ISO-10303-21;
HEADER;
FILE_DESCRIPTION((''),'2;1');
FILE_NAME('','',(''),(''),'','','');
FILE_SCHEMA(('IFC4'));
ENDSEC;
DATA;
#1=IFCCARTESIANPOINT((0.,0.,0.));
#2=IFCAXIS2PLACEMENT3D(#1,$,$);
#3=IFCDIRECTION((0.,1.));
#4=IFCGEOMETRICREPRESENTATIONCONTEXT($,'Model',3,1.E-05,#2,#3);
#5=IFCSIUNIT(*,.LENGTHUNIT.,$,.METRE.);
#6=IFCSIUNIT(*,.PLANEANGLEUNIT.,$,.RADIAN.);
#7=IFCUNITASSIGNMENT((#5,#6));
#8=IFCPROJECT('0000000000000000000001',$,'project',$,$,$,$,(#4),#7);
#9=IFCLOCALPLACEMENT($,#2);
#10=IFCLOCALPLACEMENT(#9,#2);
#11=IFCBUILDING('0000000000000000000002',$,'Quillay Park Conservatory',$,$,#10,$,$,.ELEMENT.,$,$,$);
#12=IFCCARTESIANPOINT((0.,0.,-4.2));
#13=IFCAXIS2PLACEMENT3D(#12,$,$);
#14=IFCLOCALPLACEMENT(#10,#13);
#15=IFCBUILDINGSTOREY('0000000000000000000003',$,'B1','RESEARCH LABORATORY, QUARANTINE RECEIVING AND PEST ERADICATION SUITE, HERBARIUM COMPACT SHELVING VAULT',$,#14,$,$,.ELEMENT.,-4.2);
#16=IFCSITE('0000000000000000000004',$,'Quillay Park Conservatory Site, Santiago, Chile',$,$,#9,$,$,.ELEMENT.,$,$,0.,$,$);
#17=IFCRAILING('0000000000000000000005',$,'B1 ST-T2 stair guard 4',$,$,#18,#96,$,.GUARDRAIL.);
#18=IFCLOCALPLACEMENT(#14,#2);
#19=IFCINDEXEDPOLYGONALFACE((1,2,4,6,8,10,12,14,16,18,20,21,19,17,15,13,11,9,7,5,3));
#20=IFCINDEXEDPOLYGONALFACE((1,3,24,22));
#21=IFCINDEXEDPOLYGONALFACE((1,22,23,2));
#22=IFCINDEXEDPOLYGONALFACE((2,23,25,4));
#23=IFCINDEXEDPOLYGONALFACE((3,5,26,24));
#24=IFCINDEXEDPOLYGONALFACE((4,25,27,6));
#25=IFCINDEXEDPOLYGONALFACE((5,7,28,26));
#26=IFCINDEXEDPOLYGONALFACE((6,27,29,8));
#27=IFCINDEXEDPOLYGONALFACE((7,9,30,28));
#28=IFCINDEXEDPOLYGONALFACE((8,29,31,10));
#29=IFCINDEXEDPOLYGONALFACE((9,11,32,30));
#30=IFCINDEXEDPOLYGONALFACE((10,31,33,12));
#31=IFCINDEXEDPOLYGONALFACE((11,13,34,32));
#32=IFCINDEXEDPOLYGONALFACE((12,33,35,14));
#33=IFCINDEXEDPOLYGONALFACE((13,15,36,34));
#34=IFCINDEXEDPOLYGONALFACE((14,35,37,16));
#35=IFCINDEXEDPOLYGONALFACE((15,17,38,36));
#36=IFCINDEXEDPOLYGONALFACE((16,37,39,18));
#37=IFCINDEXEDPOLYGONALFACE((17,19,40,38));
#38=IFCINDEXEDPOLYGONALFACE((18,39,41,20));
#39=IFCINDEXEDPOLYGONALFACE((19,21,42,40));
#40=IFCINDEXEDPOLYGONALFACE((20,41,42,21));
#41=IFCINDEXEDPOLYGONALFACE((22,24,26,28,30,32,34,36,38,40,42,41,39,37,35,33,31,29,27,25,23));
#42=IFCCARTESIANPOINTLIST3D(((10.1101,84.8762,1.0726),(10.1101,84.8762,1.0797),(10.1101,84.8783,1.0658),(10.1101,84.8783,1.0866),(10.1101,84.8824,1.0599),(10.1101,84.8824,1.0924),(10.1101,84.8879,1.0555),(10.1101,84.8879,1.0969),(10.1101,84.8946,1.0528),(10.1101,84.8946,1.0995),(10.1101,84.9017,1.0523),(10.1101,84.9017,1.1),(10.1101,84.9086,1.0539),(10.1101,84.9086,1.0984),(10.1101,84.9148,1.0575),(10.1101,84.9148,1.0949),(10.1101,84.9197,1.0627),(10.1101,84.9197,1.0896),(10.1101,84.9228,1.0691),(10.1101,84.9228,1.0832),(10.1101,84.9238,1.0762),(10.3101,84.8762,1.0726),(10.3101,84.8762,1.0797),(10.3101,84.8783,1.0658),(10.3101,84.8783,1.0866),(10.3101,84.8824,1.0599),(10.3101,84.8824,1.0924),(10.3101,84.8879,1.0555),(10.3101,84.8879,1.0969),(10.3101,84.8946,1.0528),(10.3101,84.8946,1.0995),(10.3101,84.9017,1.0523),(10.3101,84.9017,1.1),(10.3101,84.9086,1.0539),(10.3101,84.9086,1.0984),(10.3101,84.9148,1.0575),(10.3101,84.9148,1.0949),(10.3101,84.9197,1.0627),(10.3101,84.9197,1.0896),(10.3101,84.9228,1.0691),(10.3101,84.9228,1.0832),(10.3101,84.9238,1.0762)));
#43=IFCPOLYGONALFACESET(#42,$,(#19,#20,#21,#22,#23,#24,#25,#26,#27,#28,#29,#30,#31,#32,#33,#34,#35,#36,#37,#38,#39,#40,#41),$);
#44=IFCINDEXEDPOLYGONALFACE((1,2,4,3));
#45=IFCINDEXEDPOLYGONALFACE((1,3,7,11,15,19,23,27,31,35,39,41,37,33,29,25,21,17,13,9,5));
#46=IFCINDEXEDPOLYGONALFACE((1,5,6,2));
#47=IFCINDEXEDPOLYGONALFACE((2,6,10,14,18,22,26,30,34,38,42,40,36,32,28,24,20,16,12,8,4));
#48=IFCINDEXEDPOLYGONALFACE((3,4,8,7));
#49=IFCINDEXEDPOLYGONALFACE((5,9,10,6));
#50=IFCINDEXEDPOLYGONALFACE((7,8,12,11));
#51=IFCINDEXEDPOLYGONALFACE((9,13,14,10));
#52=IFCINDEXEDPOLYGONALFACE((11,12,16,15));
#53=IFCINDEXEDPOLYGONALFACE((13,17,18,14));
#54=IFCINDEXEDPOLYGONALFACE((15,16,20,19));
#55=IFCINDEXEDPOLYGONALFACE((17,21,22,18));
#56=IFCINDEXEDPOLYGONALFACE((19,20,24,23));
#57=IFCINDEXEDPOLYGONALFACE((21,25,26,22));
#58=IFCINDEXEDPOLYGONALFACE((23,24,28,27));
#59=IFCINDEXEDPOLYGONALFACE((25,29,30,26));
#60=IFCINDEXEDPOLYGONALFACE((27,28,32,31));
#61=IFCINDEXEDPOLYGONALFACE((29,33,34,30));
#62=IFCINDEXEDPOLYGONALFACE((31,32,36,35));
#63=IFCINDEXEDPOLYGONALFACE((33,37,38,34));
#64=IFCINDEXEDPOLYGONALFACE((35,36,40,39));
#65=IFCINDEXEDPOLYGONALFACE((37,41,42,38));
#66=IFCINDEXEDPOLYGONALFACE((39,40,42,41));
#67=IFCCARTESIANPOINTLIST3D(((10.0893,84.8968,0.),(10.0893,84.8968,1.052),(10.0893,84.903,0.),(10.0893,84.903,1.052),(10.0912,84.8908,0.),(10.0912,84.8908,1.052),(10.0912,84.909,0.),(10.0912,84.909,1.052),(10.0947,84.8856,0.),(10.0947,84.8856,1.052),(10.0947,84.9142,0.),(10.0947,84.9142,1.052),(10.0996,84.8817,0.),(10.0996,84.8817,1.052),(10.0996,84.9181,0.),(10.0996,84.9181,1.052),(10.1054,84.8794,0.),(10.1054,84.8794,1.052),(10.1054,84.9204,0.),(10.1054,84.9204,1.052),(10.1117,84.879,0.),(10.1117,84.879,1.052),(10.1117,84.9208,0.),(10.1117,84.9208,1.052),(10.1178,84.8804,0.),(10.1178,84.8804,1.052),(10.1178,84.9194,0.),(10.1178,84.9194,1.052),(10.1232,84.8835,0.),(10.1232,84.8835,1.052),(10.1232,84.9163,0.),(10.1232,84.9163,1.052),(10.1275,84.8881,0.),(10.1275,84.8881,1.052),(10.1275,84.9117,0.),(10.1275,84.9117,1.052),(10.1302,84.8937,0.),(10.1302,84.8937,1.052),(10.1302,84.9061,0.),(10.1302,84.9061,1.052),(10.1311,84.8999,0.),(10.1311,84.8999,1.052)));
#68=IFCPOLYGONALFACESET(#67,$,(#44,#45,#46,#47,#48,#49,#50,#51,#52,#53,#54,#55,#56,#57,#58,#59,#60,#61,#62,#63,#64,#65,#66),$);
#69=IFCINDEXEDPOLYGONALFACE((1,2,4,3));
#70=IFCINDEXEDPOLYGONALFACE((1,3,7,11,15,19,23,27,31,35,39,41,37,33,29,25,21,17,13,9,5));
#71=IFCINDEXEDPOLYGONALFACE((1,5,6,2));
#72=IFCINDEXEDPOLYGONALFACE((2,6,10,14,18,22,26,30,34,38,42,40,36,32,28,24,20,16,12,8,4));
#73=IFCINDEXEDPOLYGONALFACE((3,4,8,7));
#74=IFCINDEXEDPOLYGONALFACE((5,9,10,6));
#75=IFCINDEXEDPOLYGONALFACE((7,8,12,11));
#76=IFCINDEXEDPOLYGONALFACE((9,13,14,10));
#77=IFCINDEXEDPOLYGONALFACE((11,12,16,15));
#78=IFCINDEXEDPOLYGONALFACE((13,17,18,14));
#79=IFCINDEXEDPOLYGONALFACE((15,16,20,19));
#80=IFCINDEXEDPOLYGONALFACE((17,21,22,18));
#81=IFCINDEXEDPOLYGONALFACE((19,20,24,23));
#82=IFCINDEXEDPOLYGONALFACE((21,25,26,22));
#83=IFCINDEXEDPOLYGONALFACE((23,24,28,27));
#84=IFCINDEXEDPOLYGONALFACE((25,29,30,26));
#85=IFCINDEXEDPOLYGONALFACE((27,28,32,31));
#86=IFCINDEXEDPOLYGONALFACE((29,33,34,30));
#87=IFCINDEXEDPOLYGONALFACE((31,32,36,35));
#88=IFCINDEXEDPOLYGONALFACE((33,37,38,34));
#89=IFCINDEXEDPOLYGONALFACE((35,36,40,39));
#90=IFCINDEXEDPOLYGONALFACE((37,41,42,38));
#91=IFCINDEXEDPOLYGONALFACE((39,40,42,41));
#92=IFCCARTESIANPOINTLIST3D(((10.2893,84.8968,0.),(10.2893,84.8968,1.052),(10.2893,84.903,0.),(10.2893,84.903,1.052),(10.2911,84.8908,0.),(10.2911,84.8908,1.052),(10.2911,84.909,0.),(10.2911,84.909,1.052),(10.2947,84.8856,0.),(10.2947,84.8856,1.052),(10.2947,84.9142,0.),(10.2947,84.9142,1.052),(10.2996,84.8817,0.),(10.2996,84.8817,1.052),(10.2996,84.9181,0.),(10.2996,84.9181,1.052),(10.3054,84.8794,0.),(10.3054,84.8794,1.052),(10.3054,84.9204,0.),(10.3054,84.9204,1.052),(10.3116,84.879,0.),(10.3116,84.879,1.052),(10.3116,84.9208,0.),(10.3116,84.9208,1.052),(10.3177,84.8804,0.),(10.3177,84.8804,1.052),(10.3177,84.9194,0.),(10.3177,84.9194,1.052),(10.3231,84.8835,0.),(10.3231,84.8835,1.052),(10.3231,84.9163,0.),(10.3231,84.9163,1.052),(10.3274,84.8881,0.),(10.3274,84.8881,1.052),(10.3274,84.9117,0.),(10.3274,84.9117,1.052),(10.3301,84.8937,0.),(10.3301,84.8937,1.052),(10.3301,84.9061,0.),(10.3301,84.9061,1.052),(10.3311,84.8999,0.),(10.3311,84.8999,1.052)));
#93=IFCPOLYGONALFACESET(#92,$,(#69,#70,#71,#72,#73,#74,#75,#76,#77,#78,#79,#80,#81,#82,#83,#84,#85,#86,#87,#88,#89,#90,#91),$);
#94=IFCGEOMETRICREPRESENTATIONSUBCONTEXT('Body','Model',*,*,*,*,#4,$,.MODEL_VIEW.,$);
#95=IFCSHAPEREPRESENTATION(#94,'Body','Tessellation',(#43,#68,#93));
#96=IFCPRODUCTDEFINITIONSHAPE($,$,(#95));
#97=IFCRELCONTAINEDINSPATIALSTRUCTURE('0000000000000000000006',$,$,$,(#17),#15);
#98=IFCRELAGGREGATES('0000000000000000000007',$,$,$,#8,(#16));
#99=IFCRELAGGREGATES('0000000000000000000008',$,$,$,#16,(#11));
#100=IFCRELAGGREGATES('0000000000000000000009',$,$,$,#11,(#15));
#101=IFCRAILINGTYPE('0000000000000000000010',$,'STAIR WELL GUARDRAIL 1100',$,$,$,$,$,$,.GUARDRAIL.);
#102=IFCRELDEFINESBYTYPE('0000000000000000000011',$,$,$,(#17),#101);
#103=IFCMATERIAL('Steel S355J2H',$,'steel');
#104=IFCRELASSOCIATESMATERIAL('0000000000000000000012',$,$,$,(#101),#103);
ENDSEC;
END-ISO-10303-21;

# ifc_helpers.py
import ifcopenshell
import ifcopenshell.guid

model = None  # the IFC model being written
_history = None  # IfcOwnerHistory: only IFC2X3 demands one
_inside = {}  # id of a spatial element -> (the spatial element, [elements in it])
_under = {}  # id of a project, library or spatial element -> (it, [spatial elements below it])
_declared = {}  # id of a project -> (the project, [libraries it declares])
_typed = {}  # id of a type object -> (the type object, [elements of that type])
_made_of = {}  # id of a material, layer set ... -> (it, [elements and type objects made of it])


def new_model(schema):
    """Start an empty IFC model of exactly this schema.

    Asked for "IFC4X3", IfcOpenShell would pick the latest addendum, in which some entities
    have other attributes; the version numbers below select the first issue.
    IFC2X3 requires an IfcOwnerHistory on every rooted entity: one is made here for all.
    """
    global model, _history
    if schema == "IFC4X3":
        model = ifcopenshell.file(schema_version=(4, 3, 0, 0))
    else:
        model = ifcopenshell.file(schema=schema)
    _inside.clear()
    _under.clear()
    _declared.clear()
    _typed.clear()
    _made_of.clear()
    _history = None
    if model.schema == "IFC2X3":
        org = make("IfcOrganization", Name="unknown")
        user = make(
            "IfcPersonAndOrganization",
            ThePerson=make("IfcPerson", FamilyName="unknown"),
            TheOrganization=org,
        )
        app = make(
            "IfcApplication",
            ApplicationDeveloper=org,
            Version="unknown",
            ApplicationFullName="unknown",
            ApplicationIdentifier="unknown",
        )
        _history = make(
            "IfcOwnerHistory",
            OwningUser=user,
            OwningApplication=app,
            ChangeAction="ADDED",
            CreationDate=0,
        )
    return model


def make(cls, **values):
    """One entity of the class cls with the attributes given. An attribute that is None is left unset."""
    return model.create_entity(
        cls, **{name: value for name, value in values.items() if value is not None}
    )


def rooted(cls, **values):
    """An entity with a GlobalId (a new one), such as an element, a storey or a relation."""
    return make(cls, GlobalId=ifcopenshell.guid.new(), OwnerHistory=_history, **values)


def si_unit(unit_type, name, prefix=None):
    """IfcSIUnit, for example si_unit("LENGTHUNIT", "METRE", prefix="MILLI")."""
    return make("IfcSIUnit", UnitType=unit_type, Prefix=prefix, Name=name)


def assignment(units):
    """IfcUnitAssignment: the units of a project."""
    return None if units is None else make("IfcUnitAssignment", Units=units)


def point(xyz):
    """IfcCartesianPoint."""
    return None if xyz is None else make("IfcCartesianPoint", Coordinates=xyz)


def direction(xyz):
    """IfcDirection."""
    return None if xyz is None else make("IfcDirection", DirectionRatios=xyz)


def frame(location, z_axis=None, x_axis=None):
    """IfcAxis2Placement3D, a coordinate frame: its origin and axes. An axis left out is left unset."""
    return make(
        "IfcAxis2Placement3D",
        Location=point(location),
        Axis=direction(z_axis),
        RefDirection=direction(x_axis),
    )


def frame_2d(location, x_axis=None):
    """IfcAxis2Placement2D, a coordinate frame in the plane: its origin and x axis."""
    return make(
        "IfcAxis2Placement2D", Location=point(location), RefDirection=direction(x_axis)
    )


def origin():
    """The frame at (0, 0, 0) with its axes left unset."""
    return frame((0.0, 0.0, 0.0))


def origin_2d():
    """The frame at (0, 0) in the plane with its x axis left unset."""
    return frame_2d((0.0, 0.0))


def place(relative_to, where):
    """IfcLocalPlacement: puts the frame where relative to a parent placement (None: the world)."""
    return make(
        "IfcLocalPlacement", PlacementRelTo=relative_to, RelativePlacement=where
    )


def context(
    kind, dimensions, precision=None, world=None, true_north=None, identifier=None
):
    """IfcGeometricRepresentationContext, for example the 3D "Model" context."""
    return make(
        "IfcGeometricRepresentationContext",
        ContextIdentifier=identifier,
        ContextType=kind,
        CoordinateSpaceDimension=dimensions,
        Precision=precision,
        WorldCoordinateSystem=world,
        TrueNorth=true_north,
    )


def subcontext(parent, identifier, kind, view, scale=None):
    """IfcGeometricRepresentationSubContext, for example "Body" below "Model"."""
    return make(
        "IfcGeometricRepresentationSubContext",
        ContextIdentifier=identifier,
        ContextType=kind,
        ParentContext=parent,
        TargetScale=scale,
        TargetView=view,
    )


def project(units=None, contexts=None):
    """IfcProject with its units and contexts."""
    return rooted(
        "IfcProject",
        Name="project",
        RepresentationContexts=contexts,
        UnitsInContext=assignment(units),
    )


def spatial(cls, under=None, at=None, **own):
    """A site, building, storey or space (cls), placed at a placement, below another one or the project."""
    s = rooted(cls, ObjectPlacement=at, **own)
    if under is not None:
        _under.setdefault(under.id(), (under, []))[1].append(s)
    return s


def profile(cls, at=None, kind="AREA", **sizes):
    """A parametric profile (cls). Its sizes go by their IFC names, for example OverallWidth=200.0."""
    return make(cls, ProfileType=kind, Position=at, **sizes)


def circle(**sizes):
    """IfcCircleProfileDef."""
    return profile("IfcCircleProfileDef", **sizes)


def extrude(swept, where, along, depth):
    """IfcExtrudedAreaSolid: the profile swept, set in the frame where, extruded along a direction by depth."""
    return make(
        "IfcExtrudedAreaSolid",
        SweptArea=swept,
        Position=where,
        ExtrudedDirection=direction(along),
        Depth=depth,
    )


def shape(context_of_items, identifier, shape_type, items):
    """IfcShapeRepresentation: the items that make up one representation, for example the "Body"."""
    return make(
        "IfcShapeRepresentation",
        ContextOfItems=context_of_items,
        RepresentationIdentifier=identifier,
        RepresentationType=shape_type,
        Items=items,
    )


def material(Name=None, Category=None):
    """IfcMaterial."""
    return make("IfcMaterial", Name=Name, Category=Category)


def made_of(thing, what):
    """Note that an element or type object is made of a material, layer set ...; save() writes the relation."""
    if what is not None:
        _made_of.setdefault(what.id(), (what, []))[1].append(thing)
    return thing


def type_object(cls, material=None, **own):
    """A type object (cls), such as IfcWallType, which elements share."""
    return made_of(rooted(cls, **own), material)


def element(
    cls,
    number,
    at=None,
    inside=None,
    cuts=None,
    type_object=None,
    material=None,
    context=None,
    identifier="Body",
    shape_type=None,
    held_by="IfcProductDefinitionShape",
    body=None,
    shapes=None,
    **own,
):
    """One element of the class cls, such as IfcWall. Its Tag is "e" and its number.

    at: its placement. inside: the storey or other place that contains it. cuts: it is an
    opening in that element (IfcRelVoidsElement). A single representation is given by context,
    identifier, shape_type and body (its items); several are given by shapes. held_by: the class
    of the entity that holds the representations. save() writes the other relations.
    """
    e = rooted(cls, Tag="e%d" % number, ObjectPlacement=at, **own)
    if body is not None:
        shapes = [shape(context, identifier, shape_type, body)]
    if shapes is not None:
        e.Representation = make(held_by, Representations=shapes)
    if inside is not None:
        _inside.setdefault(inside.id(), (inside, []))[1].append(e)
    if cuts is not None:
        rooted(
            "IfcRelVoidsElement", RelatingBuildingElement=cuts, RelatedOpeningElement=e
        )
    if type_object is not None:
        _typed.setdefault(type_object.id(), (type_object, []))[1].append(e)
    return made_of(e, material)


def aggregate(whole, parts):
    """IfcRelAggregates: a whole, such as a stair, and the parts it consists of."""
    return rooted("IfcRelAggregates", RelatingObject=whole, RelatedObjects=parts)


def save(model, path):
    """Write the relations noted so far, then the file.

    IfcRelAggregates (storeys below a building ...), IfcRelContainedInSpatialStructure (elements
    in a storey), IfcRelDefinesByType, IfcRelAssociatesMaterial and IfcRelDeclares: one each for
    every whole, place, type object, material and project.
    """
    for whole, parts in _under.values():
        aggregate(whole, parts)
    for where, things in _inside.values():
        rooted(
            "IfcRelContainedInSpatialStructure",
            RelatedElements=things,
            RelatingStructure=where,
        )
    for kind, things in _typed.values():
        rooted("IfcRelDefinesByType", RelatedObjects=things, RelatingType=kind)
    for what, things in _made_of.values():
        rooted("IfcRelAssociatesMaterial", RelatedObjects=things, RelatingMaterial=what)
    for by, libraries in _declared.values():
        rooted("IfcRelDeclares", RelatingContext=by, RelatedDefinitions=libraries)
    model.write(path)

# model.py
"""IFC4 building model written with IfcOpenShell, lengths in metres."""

from ifc_helpers import new_model, si_unit, direction, frame, origin, origin_2d, place, context, subcontext, project, spatial, circle, extrude, material, type_object, element, save


model = new_model("IFC4")

# Units and contexts
model_context = context("Model", 3, precision=1e-05, world=origin(), true_north=direction((0.0, 1.0)))
body_context = subcontext(model_context, "Body", "Model", "MODEL_VIEW")
ifc_project = project(units=[si_unit("LENGTHUNIT", "METRE"), si_unit("PLANEANGLEUNIT", "RADIAN")], contexts=[model_context])

# Site, building, storey
site_placement = place(None, origin())
site = spatial("IfcSite", under=ifc_project, at=site_placement, Name="Quillay Park Conservatory Site, Santiago, Chile", CompositionType="ELEMENT", RefElevation=0.0)
building_placement = place(site_placement, origin())
building = spatial("IfcBuilding", under=site, at=building_placement, Name="Quillay Park Conservatory", CompositionType="ELEMENT")
storey_placement = place(building_placement, frame((0.0, 0.0, -4.2)))
storey = spatial("IfcBuildingStorey", under=building, at=storey_placement, Name="B1", Description="RESEARCH LABORATORY, QUARANTINE RECEIVING AND PEST ERADICATION SUITE, HERBARIUM COMPACT SHELVING VAULT", CompositionType="ELEMENT", Elevation=-4.2)

# Railing
ifc_material_1 = material(Name="Steel S355J2H", Category="steel")
railing_type_1 = type_object("IfcRailingType", Name="STAIR WELL GUARDRAIL 1100", PredefinedType="GUARDRAIL", material=ifc_material_1)
railing_1_placement = place(storey_placement, frame((10.1101, 84.8999, 0.0)))
element("IfcRailing", 1, at=railing_1_placement, inside=storey, type_object=railing_type_1, Name="B1 ST-T2 stair guard 4", PredefinedType="GUARDRAIL", context=body_context, shape_type="SweptSolid", body=[
    extrude(circle(Radius=0.0239, at=origin_2d()), frame((0.0, 0.0, 1.0762), z_axis=(1.0, 0.0, 0.0), x_axis=(0.0, 1.0, 0.0)), (0.0, 0.0, 1.0), 0.2),
    extrude(circle(Radius=0.021, at=origin_2d()), origin(), (0.0, 0.0, 1.0), 1.052),
    extrude(circle(Radius=0.021, at=origin_2d()), frame((0.2, 0.0, 0.0)), (0.0, 0.0, 1.0), 1.052),
])

save(model, "model.ifc")
